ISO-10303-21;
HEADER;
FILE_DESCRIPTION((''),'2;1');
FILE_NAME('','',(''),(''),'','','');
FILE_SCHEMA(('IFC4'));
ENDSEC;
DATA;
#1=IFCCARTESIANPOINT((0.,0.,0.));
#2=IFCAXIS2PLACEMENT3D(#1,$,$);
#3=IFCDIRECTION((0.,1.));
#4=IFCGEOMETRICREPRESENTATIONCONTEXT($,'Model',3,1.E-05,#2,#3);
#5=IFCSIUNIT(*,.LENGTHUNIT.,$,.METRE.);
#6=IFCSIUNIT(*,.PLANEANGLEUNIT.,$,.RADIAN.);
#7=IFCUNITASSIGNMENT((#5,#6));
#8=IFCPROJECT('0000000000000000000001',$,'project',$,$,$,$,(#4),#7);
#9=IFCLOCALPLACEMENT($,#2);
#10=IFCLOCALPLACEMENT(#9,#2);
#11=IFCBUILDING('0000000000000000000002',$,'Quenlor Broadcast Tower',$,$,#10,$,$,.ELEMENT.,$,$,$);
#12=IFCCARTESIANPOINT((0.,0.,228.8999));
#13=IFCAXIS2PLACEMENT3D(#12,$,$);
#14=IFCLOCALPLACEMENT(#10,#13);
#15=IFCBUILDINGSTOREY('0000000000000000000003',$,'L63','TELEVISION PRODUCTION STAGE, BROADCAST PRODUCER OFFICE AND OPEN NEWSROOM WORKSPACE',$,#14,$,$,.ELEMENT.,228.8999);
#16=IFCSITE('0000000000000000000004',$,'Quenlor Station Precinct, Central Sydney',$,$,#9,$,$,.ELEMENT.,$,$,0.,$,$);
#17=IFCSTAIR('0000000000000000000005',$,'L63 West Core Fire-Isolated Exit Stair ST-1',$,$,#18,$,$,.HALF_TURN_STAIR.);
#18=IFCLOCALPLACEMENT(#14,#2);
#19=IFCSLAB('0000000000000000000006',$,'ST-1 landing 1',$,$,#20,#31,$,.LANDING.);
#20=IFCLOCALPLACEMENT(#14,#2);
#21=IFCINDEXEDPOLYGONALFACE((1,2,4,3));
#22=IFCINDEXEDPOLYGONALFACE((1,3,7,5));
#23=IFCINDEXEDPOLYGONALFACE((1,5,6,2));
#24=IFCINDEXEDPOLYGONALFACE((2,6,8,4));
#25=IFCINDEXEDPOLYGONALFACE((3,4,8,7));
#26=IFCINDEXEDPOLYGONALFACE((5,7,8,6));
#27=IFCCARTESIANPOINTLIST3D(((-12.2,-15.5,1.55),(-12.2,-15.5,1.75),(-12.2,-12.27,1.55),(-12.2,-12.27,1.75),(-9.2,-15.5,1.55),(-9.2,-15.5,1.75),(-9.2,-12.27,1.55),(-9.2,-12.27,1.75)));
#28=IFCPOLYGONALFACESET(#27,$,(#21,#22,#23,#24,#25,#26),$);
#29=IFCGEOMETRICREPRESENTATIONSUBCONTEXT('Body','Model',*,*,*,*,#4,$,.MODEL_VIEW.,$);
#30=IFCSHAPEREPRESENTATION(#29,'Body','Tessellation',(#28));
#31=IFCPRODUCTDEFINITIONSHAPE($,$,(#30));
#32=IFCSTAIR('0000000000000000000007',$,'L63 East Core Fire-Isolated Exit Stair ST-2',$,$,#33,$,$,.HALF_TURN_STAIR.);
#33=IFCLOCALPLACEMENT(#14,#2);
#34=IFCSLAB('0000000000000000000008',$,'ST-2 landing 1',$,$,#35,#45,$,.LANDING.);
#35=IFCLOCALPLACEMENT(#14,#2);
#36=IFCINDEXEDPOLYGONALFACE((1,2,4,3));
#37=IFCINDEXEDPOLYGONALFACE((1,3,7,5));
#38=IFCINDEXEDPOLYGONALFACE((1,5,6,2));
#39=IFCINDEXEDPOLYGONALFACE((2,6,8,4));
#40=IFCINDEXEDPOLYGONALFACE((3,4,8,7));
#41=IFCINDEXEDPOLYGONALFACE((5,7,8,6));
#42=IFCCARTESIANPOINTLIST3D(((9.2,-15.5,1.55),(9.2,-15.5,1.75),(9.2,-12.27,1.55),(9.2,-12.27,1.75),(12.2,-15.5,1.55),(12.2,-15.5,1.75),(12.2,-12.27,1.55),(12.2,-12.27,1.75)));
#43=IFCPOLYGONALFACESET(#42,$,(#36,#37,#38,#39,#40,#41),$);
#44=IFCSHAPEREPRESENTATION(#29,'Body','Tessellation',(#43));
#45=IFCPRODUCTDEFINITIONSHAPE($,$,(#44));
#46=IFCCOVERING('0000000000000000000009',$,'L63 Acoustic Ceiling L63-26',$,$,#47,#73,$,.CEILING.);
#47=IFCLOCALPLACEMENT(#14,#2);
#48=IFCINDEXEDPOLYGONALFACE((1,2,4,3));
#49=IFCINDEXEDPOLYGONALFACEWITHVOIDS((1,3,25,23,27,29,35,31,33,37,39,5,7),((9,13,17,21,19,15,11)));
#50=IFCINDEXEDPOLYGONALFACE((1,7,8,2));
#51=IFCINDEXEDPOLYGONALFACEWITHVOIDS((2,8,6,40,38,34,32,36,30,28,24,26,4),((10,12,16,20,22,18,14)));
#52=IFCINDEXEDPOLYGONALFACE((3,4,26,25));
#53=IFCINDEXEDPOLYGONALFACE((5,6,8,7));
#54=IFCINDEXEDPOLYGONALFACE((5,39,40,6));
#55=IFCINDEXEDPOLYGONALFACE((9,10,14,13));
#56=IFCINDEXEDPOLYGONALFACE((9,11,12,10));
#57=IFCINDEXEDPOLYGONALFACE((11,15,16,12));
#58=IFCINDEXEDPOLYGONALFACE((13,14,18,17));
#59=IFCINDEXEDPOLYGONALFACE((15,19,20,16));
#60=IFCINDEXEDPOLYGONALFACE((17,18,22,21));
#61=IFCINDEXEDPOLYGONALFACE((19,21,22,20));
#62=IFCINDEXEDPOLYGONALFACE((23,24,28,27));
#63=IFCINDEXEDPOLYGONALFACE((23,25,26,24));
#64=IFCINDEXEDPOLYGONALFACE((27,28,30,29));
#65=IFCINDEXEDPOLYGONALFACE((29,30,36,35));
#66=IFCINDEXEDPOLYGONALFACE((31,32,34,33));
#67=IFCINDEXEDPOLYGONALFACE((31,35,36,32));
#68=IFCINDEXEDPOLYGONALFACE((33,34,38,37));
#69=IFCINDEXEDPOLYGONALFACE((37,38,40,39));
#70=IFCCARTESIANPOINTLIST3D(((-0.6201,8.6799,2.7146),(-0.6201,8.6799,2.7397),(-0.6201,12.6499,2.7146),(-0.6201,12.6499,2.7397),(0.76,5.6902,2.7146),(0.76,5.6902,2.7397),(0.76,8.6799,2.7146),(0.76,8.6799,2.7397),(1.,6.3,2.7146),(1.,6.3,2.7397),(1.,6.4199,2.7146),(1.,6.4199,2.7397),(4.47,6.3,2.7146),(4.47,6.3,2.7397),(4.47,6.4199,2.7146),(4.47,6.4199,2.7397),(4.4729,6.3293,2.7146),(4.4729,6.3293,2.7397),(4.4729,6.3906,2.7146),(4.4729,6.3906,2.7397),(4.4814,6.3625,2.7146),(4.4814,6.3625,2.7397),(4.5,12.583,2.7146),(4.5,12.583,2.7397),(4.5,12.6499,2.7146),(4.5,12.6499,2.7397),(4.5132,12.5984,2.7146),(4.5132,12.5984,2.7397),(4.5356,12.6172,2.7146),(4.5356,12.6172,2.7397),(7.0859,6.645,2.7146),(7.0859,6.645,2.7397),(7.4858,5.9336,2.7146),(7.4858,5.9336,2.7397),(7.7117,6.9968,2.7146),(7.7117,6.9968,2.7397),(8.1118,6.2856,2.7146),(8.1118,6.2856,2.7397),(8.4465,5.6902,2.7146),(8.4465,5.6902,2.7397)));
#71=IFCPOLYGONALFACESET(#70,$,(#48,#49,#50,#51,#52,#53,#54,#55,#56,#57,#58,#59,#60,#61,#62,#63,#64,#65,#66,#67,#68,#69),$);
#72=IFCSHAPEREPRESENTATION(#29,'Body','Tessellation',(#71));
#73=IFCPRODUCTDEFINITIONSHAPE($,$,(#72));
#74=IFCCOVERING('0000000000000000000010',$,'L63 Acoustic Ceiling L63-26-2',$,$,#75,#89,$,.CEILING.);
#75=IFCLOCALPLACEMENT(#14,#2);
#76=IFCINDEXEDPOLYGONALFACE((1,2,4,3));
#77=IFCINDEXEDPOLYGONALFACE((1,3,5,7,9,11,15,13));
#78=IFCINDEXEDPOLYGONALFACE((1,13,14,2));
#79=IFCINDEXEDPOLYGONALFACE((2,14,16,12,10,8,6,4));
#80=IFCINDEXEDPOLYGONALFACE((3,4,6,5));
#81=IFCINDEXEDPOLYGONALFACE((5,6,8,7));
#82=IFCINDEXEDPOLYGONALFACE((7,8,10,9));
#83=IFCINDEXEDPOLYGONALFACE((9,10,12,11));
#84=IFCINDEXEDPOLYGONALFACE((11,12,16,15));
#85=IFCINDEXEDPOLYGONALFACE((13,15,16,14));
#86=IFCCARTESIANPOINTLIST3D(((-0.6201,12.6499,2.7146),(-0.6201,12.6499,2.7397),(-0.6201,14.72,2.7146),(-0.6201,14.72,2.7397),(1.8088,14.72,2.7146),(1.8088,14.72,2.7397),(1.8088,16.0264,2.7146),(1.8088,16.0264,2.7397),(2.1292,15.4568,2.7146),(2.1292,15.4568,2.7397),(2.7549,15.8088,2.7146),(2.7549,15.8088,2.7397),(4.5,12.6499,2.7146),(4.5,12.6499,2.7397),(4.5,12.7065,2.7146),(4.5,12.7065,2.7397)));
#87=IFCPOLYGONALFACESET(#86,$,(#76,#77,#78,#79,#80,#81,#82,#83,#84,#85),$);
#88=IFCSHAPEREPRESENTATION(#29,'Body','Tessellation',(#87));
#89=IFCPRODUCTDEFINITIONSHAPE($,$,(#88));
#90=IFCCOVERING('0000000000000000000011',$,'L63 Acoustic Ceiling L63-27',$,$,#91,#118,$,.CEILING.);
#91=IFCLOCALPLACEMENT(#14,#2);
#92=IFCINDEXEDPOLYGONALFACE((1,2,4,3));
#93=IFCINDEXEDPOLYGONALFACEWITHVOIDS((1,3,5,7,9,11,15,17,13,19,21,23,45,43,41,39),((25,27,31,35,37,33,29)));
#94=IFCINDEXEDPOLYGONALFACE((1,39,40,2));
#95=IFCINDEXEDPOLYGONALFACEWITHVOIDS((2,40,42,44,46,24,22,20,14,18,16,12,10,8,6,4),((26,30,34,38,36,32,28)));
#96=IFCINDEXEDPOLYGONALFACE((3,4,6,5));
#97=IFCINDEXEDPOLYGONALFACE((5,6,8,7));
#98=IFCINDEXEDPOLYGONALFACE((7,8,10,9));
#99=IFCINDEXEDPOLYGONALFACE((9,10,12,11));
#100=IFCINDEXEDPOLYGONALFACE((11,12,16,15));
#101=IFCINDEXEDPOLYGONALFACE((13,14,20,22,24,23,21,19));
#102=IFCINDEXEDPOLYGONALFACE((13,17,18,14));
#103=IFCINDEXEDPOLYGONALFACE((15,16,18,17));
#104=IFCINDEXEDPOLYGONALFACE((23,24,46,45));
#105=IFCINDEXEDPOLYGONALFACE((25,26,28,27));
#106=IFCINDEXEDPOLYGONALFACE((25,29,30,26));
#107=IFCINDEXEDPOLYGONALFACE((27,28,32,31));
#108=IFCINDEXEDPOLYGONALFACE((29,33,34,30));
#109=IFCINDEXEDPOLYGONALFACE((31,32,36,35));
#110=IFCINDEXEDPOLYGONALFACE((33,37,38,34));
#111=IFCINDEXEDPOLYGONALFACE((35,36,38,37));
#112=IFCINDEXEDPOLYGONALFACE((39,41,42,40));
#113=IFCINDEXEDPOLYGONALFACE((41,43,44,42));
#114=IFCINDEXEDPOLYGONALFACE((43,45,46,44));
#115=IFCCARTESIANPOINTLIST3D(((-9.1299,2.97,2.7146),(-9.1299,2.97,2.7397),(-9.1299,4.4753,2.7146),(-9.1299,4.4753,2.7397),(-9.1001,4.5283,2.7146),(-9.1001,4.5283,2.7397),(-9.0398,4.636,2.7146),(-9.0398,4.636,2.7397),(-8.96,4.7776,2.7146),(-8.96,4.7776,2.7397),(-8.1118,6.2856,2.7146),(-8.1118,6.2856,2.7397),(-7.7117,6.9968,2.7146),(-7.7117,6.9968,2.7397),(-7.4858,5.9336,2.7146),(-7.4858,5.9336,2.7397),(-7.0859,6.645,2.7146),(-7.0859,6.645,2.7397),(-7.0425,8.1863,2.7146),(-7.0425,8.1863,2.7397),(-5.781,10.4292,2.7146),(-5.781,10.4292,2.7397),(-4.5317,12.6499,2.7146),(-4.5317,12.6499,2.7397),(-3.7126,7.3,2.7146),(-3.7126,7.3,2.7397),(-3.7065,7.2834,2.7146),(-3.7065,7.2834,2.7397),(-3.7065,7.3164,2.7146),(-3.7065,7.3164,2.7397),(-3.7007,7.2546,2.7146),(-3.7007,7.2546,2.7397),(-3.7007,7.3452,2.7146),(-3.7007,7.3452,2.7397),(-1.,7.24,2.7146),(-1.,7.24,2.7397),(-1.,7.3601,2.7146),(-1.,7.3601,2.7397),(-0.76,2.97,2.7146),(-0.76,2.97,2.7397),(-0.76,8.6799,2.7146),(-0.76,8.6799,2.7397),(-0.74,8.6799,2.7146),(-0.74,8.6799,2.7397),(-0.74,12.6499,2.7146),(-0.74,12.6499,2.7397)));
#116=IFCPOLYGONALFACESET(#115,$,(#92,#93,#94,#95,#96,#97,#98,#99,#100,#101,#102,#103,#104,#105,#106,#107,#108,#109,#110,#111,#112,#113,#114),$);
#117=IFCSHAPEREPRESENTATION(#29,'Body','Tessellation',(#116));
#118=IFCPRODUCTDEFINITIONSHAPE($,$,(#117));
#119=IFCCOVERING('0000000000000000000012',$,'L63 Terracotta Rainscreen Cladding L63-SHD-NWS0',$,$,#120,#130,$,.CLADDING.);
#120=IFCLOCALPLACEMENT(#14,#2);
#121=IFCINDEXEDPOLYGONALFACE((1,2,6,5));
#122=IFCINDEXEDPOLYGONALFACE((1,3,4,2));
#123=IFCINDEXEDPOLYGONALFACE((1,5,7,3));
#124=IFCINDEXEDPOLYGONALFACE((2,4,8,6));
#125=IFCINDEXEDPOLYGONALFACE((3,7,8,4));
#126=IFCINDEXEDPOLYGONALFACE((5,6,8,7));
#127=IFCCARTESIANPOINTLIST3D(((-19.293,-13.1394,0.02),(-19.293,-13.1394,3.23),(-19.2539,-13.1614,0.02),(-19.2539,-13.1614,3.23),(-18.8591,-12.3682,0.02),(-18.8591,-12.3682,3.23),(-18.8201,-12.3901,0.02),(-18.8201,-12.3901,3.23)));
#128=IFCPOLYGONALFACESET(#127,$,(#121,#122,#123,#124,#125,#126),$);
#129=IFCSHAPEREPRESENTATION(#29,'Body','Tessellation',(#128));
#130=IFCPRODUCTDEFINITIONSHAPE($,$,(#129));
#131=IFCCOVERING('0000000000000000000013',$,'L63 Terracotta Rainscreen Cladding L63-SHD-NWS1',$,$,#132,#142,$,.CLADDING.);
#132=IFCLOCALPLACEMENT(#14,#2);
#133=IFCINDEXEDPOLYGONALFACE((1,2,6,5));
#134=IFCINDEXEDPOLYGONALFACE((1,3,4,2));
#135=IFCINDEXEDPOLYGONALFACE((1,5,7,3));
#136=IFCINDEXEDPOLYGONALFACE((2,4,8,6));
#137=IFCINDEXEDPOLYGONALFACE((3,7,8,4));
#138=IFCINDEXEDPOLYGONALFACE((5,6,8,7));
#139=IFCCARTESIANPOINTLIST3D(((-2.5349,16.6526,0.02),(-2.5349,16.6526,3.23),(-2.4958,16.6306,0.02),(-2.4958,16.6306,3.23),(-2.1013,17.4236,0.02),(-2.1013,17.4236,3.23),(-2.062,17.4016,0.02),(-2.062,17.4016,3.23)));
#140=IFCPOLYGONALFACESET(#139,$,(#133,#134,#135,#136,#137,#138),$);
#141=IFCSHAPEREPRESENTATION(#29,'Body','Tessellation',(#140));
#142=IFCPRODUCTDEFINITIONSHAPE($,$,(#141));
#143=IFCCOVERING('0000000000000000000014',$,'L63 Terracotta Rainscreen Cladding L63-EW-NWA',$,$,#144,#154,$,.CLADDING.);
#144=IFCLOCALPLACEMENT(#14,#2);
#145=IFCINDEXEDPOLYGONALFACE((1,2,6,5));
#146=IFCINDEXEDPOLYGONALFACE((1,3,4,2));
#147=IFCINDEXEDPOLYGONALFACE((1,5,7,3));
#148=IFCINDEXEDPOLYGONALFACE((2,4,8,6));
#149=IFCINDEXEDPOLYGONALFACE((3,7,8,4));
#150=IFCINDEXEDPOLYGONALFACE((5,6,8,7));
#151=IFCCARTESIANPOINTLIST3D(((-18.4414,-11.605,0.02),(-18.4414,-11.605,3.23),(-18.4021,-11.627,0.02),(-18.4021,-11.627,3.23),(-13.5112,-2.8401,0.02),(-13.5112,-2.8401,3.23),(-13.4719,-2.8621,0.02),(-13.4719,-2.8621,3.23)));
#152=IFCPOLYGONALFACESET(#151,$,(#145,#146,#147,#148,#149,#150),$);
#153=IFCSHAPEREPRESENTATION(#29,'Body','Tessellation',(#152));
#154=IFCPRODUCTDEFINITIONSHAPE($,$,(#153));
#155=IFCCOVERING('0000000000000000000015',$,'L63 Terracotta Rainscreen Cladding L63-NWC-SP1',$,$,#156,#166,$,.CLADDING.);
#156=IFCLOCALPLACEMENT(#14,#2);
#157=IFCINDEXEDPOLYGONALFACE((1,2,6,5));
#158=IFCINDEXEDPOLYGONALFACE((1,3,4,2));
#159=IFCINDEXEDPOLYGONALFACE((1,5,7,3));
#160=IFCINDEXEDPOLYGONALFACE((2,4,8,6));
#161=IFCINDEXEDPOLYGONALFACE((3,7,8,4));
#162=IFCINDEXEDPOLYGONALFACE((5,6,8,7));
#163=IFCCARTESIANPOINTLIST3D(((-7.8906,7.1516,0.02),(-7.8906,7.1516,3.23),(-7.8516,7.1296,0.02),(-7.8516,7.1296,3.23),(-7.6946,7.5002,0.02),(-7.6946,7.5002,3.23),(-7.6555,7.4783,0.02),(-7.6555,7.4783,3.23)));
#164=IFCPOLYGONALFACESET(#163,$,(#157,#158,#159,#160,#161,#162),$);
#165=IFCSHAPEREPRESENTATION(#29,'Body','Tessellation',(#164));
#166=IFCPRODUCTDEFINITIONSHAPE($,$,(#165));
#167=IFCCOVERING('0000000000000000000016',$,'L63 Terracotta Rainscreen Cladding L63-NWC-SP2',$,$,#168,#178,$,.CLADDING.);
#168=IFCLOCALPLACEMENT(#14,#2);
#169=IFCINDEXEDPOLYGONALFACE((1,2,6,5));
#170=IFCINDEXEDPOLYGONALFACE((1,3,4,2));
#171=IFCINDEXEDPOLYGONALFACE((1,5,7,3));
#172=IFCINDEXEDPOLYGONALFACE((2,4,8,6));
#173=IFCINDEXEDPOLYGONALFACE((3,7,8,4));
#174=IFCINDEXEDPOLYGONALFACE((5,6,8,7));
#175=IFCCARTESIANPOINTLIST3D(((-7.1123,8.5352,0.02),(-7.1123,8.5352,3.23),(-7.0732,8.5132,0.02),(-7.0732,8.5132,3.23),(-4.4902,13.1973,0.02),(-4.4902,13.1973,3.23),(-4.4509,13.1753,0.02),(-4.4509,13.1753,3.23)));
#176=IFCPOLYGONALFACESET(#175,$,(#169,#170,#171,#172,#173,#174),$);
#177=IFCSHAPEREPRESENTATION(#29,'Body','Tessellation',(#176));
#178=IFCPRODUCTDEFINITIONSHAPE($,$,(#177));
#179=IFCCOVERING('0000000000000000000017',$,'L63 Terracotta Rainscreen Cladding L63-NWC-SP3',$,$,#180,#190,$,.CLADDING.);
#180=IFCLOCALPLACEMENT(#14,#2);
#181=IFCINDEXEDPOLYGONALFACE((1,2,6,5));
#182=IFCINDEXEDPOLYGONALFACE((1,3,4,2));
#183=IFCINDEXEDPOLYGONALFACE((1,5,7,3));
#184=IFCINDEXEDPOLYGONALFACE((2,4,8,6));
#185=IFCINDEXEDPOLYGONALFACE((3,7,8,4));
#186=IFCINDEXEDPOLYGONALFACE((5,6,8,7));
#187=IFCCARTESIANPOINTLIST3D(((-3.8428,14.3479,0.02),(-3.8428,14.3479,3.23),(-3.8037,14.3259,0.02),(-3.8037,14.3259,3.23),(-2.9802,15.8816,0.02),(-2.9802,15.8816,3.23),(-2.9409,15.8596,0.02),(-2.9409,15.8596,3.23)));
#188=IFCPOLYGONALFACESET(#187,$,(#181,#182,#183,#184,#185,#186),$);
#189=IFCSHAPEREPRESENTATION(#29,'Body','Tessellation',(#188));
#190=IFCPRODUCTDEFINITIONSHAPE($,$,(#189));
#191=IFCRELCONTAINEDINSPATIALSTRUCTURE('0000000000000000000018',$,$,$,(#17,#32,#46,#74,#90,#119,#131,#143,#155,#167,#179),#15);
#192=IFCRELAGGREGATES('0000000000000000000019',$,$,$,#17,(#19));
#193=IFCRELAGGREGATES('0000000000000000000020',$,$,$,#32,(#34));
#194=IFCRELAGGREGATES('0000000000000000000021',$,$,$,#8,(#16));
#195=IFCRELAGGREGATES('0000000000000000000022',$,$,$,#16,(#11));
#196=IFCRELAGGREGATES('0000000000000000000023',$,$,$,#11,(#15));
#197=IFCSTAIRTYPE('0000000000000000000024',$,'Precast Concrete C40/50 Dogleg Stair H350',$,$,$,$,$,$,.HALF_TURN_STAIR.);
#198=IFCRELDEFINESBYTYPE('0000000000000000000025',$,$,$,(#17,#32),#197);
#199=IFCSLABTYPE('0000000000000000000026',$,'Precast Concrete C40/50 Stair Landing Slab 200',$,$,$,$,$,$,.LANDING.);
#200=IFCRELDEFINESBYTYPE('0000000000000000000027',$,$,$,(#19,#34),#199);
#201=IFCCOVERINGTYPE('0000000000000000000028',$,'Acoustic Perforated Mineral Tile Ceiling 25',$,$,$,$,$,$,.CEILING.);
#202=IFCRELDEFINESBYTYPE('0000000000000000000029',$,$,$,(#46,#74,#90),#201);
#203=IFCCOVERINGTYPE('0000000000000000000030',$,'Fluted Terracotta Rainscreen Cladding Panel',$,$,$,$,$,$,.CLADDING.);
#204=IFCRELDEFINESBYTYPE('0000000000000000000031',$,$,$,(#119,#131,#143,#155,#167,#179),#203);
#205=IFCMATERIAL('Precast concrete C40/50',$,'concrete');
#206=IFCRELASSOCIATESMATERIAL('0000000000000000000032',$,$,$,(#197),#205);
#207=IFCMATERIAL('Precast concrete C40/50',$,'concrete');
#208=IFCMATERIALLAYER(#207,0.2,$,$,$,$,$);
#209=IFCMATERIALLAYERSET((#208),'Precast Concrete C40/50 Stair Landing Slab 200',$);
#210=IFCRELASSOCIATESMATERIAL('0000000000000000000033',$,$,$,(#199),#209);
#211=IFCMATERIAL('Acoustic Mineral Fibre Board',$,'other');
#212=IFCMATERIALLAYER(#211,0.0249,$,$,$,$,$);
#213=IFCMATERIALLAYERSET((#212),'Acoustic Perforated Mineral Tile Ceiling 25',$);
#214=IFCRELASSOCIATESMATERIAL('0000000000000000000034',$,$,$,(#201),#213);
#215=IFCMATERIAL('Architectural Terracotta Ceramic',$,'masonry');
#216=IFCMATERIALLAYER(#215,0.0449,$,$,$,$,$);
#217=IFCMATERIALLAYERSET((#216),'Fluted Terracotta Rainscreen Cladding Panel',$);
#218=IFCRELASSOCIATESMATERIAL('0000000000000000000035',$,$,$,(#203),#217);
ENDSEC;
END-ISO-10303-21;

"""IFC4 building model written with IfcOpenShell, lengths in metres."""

from ifc_helpers import new_model, si_unit, direction, frame, origin, place, context, subcontext, project, spatial, polyline, outline, extrude, material, layer, layer_set, type_object, element, aggregate, save


model = new_model("IFC4")

# Units and contexts
model_context = context("Model", 3, precision=1e-05, world=origin(), true_north=direction((0.0, 1.0)))
body_context = subcontext(model_context, "Body", "Model", "MODEL_VIEW")
ifc_project = project(units=[si_unit("LENGTHUNIT", "METRE"), si_unit("PLANEANGLEUNIT", "RADIAN")], contexts=[model_context])

# Site, building, storey
site_placement = place(None, origin())
site = spatial("IfcSite", under=ifc_project, at=site_placement, Name="Quenlor Station Precinct, Central Sydney", CompositionType="ELEMENT", RefElevation=0.0)
building_placement = place(site_placement, origin())
building = spatial("IfcBuilding", under=site, at=building_placement, Name="Quenlor Broadcast Tower", CompositionType="ELEMENT")
storey_placement = place(building_placement, frame((0.0, 0.0, 228.8999)))
storey = spatial("IfcBuildingStorey", under=building, at=storey_placement, Name="L63", Description="TELEVISION PRODUCTION STAGE, BROADCAST PRODUCER OFFICE AND OPEN NEWSROOM WORKSPACE", CompositionType="ELEMENT", Elevation=228.8999)

# Stairs, slabs
ifc_material_1 = material(Name="Precast concrete C40/50", Category="concrete")
stair_type = type_object("IfcStairType", Name="Precast Concrete C40/50 Dogleg Stair H350", PredefinedType="HALF_TURN_STAIR", material=ifc_material_1)
stair_1_placement = place(storey_placement, origin())
stair_1 = element("IfcStair", 1, at=stair_1_placement, inside=storey, type_object=stair_type, Name="L63 West Core Fire-Isolated Exit Stair ST-1", PredefinedType="HALF_TURN_STAIR")
ifc_material_2 = material(Name="Precast concrete C40/50", Category="concrete")
ifc_layer_1 = layer(ifc_material_2, 0.2)
ifc_layer_set_1 = layer_set([ifc_layer_1], Name="Precast Concrete C40/50 Stair Landing Slab 200")
slab_type = type_object("IfcSlabType", Name="Precast Concrete C40/50 Stair Landing Slab 200", PredefinedType="LANDING", material=ifc_layer_set_1)
slab_1_placement = place(storey_placement, frame((0.0, 0.0, 1.55)))
slab_1 = element("IfcSlab", 2, at=slab_1_placement, type_object=slab_type, Name="ST-1 landing 1", PredefinedType="LANDING", context=body_context, shape_type="SweptSolid", body=[
    extrude(outline(polyline([(-12.2, -12.27), (-12.2, -15.5), (-9.2, -15.5), (-9.2, -12.27), (-12.2, -12.27)])), origin(), (0.0, 0.0, 1.0), 0.2),
])
aggregate(stair_1, [slab_1])
stair_2_placement = place(storey_placement, origin())
stair_2 = element("IfcStair", 3, at=stair_2_placement, inside=storey, type_object=stair_type, Name="L63 East Core Fire-Isolated Exit Stair ST-2", PredefinedType="HALF_TURN_STAIR")
slab_2_placement = place(storey_placement, frame((0.0, 0.0, 1.55)))
slab_2 = element("IfcSlab", 4, at=slab_2_placement, type_object=slab_type, Name="ST-2 landing 1", PredefinedType="LANDING", context=body_context, shape_type="SweptSolid", body=[
    extrude(outline(polyline([(9.2, -12.27), (9.2, -15.5), (12.2, -15.5), (12.2, -12.27), (9.2, -12.27)])), origin(), (0.0, 0.0, 1.0), 0.2),
])
aggregate(stair_2, [slab_2])

# Coverings
ifc_material_3 = material(Name="Acoustic Mineral Fibre Board", Category="other")
ifc_layer_2 = layer(ifc_material_3, 0.0249)
ifc_layer_set_2 = layer_set([ifc_layer_2], Name="Acoustic Perforated Mineral Tile Ceiling 25")
covering_type_1 = type_object("IfcCoveringType", Name="Acoustic Perforated Mineral Tile Ceiling 25", PredefinedType="CEILING", material=ifc_layer_set_2)
covering_1_placement = place(storey_placement, frame((0.0, 0.0, 2.7146)))
element("IfcCovering", 5, at=covering_1_placement, inside=storey, type_object=covering_type_1, Name="L63 Acoustic Ceiling L63-26", PredefinedType="CEILING", context=body_context, shape_type="SweptSolid", body=[
    extrude(outline(polyline([(4.5, 12.583), (4.5132, 12.5984), (4.5356, 12.6172), (7.7117, 6.9968), (7.0859, 6.645), (7.4858, 5.9336), (8.1118, 6.2856), (8.4465, 5.6902), (0.76, 5.6902), (0.76, 8.6799), (-0.6201, 8.6799), (-0.6201, 12.6499), (4.5, 12.6499), (4.5, 12.583)]), holes=[polyline([(4.47, 6.4199), (1.0, 6.4199), (1.0, 6.3), (4.47, 6.3), (4.4729, 6.3293), (4.4814, 6.3625), (4.4729, 6.3906), (4.47, 6.4199)])]), origin(), (0.0, 0.0, 1.0), 0.0251),
])
covering_2_placement = place(storey_placement, frame((0.0, 0.0, 2.7146)))
element("IfcCovering", 6, at=covering_2_placement, inside=storey, type_object=covering_type_1, Name="L63 Acoustic Ceiling L63-26-2", PredefinedType="CEILING", context=body_context, shape_type="SweptSolid", body=[
    extrude(outline(polyline([(1.8088, 16.0264), (2.1292, 15.4568), (2.7549, 15.8088), (4.5, 12.7065), (4.5, 12.6499), (-0.6201, 12.6499), (-0.6201, 14.72), (1.8088, 14.72), (1.8088, 16.0264)])), origin(), (0.0, 0.0, 1.0), 0.0251),
])
covering_3_placement = place(storey_placement, frame((0.0, 0.0, 2.7146)))
element("IfcCovering", 7, at=covering_3_placement, inside=storey, type_object=covering_type_1, Name="L63 Acoustic Ceiling L63-27", PredefinedType="CEILING", context=body_context, shape_type="SweptSolid", body=[
    extrude(outline(polyline([(-9.1001, 4.5283), (-9.0398, 4.636), (-8.96, 4.7776), (-8.1118, 6.2856), (-7.4858, 5.9336), (-7.0859, 6.645), (-7.7117, 6.9968), (-7.0425, 8.1863), (-5.781, 10.4292), (-4.5317, 12.6499), (-0.74, 12.6499), (-0.74, 8.6799), (-0.76, 8.6799), (-0.76, 2.97), (-9.1299, 2.97), (-9.1299, 4.4753), (-9.1001, 4.5283)]), holes=[polyline([(-3.7126, 7.3), (-3.7065, 7.2834), (-3.7007, 7.2546), (-1.0, 7.24), (-1.0, 7.3601), (-3.7007, 7.3452), (-3.7065, 7.3164), (-3.7126, 7.3)])]), origin(), (0.0, 0.0, 1.0), 0.0251),
])
ifc_material_4 = material(Name="Architectural Terracotta Ceramic", Category="masonry")
ifc_layer_3 = layer(ifc_material_4, 0.0449)
ifc_layer_set_3 = layer_set([ifc_layer_3], Name="Fluted Terracotta Rainscreen Cladding Panel")
covering_type_2 = type_object("IfcCoveringType", Name="Fluted Terracotta Rainscreen Cladding Panel", PredefinedType="CLADDING", material=ifc_layer_set_3)
covering_4_placement = place(storey_placement, frame((0.0, 0.0, 0.02)))
element("IfcCovering", 8, at=covering_4_placement, inside=storey, type_object=covering_type_2, Name="L63 Terracotta Rainscreen Cladding L63-SHD-NWS0", PredefinedType="CLADDING", context=body_context, shape_type="SweptSolid", body=[
    extrude(outline(polyline([(-19.2539, -13.1614), (-18.8201, -12.3901), (-18.8591, -12.3682), (-19.293, -13.1394), (-19.2539, -13.1614)])), origin(), (0.0, 0.0, 1.0), 3.21),
])
covering_5_placement = place(storey_placement, frame((0.0, 0.0, 0.02)))
element("IfcCovering", 9, at=covering_5_placement, inside=storey, type_object=covering_type_2, Name="L63 Terracotta Rainscreen Cladding L63-SHD-NWS1", PredefinedType="CLADDING", context=body_context, shape_type="SweptSolid", body=[
    extrude(outline(polyline([(-2.4958, 16.6306), (-2.062, 17.4016), (-2.1013, 17.4236), (-2.5349, 16.6526), (-2.4958, 16.6306)])), origin(), (0.0, 0.0, 1.0), 3.21),
])
covering_6_placement = place(storey_placement, frame((0.0, 0.0, 0.02)))
element("IfcCovering", 10, at=covering_6_placement, inside=storey, type_object=covering_type_2, Name="L63 Terracotta Rainscreen Cladding L63-EW-NWA", PredefinedType="CLADDING", context=body_context, shape_type="SweptSolid", body=[
    extrude(outline(polyline([(-18.4021, -11.627), (-13.4719, -2.8621), (-13.5112, -2.8401), (-18.4414, -11.605), (-18.4021, -11.627)])), origin(), (0.0, 0.0, 1.0), 3.21),
])
covering_7_placement = place(storey_placement, frame((0.0, 0.0, 0.02)))
element("IfcCovering", 11, at=covering_7_placement, inside=storey, type_object=covering_type_2, Name="L63 Terracotta Rainscreen Cladding L63-NWC-SP1", PredefinedType="CLADDING", context=body_context, shape_type="SweptSolid", body=[
    extrude(outline(polyline([(-7.8516, 7.1296), (-7.6555, 7.4783), (-7.6946, 7.5002), (-7.8906, 7.1516), (-7.8516, 7.1296)])), origin(), (0.0, 0.0, 1.0), 3.21),
])
covering_8_placement = place(storey_placement, frame((0.0, 0.0, 0.02)))
element("IfcCovering", 12, at=covering_8_placement, inside=storey, type_object=covering_type_2, Name="L63 Terracotta Rainscreen Cladding L63-NWC-SP2", PredefinedType="CLADDING", context=body_context, shape_type="SweptSolid", body=[
    extrude(outline(polyline([(-7.0732, 8.5132), (-4.4509, 13.1753), (-4.4902, 13.1973), (-7.1123, 8.5352), (-7.0732, 8.5132)])), origin(), (0.0, 0.0, 1.0), 3.21),
])
covering_9_placement = place(storey_placement, frame((0.0, 0.0, 0.02)))
element("IfcCovering", 13, at=covering_9_placement, inside=storey, type_object=covering_type_2, Name="L63 Terracotta Rainscreen Cladding L63-NWC-SP3", PredefinedType="CLADDING", context=body_context, shape_type="SweptSolid", body=[
    extrude(outline(polyline([(-3.8037, 14.3259), (-2.9409, 15.8596), (-2.9802, 15.8816), (-3.8428, 14.3479), (-3.8037, 14.3259)])), origin(), (0.0, 0.0, 1.0), 3.21),
])

save(model, "model.ifc")
